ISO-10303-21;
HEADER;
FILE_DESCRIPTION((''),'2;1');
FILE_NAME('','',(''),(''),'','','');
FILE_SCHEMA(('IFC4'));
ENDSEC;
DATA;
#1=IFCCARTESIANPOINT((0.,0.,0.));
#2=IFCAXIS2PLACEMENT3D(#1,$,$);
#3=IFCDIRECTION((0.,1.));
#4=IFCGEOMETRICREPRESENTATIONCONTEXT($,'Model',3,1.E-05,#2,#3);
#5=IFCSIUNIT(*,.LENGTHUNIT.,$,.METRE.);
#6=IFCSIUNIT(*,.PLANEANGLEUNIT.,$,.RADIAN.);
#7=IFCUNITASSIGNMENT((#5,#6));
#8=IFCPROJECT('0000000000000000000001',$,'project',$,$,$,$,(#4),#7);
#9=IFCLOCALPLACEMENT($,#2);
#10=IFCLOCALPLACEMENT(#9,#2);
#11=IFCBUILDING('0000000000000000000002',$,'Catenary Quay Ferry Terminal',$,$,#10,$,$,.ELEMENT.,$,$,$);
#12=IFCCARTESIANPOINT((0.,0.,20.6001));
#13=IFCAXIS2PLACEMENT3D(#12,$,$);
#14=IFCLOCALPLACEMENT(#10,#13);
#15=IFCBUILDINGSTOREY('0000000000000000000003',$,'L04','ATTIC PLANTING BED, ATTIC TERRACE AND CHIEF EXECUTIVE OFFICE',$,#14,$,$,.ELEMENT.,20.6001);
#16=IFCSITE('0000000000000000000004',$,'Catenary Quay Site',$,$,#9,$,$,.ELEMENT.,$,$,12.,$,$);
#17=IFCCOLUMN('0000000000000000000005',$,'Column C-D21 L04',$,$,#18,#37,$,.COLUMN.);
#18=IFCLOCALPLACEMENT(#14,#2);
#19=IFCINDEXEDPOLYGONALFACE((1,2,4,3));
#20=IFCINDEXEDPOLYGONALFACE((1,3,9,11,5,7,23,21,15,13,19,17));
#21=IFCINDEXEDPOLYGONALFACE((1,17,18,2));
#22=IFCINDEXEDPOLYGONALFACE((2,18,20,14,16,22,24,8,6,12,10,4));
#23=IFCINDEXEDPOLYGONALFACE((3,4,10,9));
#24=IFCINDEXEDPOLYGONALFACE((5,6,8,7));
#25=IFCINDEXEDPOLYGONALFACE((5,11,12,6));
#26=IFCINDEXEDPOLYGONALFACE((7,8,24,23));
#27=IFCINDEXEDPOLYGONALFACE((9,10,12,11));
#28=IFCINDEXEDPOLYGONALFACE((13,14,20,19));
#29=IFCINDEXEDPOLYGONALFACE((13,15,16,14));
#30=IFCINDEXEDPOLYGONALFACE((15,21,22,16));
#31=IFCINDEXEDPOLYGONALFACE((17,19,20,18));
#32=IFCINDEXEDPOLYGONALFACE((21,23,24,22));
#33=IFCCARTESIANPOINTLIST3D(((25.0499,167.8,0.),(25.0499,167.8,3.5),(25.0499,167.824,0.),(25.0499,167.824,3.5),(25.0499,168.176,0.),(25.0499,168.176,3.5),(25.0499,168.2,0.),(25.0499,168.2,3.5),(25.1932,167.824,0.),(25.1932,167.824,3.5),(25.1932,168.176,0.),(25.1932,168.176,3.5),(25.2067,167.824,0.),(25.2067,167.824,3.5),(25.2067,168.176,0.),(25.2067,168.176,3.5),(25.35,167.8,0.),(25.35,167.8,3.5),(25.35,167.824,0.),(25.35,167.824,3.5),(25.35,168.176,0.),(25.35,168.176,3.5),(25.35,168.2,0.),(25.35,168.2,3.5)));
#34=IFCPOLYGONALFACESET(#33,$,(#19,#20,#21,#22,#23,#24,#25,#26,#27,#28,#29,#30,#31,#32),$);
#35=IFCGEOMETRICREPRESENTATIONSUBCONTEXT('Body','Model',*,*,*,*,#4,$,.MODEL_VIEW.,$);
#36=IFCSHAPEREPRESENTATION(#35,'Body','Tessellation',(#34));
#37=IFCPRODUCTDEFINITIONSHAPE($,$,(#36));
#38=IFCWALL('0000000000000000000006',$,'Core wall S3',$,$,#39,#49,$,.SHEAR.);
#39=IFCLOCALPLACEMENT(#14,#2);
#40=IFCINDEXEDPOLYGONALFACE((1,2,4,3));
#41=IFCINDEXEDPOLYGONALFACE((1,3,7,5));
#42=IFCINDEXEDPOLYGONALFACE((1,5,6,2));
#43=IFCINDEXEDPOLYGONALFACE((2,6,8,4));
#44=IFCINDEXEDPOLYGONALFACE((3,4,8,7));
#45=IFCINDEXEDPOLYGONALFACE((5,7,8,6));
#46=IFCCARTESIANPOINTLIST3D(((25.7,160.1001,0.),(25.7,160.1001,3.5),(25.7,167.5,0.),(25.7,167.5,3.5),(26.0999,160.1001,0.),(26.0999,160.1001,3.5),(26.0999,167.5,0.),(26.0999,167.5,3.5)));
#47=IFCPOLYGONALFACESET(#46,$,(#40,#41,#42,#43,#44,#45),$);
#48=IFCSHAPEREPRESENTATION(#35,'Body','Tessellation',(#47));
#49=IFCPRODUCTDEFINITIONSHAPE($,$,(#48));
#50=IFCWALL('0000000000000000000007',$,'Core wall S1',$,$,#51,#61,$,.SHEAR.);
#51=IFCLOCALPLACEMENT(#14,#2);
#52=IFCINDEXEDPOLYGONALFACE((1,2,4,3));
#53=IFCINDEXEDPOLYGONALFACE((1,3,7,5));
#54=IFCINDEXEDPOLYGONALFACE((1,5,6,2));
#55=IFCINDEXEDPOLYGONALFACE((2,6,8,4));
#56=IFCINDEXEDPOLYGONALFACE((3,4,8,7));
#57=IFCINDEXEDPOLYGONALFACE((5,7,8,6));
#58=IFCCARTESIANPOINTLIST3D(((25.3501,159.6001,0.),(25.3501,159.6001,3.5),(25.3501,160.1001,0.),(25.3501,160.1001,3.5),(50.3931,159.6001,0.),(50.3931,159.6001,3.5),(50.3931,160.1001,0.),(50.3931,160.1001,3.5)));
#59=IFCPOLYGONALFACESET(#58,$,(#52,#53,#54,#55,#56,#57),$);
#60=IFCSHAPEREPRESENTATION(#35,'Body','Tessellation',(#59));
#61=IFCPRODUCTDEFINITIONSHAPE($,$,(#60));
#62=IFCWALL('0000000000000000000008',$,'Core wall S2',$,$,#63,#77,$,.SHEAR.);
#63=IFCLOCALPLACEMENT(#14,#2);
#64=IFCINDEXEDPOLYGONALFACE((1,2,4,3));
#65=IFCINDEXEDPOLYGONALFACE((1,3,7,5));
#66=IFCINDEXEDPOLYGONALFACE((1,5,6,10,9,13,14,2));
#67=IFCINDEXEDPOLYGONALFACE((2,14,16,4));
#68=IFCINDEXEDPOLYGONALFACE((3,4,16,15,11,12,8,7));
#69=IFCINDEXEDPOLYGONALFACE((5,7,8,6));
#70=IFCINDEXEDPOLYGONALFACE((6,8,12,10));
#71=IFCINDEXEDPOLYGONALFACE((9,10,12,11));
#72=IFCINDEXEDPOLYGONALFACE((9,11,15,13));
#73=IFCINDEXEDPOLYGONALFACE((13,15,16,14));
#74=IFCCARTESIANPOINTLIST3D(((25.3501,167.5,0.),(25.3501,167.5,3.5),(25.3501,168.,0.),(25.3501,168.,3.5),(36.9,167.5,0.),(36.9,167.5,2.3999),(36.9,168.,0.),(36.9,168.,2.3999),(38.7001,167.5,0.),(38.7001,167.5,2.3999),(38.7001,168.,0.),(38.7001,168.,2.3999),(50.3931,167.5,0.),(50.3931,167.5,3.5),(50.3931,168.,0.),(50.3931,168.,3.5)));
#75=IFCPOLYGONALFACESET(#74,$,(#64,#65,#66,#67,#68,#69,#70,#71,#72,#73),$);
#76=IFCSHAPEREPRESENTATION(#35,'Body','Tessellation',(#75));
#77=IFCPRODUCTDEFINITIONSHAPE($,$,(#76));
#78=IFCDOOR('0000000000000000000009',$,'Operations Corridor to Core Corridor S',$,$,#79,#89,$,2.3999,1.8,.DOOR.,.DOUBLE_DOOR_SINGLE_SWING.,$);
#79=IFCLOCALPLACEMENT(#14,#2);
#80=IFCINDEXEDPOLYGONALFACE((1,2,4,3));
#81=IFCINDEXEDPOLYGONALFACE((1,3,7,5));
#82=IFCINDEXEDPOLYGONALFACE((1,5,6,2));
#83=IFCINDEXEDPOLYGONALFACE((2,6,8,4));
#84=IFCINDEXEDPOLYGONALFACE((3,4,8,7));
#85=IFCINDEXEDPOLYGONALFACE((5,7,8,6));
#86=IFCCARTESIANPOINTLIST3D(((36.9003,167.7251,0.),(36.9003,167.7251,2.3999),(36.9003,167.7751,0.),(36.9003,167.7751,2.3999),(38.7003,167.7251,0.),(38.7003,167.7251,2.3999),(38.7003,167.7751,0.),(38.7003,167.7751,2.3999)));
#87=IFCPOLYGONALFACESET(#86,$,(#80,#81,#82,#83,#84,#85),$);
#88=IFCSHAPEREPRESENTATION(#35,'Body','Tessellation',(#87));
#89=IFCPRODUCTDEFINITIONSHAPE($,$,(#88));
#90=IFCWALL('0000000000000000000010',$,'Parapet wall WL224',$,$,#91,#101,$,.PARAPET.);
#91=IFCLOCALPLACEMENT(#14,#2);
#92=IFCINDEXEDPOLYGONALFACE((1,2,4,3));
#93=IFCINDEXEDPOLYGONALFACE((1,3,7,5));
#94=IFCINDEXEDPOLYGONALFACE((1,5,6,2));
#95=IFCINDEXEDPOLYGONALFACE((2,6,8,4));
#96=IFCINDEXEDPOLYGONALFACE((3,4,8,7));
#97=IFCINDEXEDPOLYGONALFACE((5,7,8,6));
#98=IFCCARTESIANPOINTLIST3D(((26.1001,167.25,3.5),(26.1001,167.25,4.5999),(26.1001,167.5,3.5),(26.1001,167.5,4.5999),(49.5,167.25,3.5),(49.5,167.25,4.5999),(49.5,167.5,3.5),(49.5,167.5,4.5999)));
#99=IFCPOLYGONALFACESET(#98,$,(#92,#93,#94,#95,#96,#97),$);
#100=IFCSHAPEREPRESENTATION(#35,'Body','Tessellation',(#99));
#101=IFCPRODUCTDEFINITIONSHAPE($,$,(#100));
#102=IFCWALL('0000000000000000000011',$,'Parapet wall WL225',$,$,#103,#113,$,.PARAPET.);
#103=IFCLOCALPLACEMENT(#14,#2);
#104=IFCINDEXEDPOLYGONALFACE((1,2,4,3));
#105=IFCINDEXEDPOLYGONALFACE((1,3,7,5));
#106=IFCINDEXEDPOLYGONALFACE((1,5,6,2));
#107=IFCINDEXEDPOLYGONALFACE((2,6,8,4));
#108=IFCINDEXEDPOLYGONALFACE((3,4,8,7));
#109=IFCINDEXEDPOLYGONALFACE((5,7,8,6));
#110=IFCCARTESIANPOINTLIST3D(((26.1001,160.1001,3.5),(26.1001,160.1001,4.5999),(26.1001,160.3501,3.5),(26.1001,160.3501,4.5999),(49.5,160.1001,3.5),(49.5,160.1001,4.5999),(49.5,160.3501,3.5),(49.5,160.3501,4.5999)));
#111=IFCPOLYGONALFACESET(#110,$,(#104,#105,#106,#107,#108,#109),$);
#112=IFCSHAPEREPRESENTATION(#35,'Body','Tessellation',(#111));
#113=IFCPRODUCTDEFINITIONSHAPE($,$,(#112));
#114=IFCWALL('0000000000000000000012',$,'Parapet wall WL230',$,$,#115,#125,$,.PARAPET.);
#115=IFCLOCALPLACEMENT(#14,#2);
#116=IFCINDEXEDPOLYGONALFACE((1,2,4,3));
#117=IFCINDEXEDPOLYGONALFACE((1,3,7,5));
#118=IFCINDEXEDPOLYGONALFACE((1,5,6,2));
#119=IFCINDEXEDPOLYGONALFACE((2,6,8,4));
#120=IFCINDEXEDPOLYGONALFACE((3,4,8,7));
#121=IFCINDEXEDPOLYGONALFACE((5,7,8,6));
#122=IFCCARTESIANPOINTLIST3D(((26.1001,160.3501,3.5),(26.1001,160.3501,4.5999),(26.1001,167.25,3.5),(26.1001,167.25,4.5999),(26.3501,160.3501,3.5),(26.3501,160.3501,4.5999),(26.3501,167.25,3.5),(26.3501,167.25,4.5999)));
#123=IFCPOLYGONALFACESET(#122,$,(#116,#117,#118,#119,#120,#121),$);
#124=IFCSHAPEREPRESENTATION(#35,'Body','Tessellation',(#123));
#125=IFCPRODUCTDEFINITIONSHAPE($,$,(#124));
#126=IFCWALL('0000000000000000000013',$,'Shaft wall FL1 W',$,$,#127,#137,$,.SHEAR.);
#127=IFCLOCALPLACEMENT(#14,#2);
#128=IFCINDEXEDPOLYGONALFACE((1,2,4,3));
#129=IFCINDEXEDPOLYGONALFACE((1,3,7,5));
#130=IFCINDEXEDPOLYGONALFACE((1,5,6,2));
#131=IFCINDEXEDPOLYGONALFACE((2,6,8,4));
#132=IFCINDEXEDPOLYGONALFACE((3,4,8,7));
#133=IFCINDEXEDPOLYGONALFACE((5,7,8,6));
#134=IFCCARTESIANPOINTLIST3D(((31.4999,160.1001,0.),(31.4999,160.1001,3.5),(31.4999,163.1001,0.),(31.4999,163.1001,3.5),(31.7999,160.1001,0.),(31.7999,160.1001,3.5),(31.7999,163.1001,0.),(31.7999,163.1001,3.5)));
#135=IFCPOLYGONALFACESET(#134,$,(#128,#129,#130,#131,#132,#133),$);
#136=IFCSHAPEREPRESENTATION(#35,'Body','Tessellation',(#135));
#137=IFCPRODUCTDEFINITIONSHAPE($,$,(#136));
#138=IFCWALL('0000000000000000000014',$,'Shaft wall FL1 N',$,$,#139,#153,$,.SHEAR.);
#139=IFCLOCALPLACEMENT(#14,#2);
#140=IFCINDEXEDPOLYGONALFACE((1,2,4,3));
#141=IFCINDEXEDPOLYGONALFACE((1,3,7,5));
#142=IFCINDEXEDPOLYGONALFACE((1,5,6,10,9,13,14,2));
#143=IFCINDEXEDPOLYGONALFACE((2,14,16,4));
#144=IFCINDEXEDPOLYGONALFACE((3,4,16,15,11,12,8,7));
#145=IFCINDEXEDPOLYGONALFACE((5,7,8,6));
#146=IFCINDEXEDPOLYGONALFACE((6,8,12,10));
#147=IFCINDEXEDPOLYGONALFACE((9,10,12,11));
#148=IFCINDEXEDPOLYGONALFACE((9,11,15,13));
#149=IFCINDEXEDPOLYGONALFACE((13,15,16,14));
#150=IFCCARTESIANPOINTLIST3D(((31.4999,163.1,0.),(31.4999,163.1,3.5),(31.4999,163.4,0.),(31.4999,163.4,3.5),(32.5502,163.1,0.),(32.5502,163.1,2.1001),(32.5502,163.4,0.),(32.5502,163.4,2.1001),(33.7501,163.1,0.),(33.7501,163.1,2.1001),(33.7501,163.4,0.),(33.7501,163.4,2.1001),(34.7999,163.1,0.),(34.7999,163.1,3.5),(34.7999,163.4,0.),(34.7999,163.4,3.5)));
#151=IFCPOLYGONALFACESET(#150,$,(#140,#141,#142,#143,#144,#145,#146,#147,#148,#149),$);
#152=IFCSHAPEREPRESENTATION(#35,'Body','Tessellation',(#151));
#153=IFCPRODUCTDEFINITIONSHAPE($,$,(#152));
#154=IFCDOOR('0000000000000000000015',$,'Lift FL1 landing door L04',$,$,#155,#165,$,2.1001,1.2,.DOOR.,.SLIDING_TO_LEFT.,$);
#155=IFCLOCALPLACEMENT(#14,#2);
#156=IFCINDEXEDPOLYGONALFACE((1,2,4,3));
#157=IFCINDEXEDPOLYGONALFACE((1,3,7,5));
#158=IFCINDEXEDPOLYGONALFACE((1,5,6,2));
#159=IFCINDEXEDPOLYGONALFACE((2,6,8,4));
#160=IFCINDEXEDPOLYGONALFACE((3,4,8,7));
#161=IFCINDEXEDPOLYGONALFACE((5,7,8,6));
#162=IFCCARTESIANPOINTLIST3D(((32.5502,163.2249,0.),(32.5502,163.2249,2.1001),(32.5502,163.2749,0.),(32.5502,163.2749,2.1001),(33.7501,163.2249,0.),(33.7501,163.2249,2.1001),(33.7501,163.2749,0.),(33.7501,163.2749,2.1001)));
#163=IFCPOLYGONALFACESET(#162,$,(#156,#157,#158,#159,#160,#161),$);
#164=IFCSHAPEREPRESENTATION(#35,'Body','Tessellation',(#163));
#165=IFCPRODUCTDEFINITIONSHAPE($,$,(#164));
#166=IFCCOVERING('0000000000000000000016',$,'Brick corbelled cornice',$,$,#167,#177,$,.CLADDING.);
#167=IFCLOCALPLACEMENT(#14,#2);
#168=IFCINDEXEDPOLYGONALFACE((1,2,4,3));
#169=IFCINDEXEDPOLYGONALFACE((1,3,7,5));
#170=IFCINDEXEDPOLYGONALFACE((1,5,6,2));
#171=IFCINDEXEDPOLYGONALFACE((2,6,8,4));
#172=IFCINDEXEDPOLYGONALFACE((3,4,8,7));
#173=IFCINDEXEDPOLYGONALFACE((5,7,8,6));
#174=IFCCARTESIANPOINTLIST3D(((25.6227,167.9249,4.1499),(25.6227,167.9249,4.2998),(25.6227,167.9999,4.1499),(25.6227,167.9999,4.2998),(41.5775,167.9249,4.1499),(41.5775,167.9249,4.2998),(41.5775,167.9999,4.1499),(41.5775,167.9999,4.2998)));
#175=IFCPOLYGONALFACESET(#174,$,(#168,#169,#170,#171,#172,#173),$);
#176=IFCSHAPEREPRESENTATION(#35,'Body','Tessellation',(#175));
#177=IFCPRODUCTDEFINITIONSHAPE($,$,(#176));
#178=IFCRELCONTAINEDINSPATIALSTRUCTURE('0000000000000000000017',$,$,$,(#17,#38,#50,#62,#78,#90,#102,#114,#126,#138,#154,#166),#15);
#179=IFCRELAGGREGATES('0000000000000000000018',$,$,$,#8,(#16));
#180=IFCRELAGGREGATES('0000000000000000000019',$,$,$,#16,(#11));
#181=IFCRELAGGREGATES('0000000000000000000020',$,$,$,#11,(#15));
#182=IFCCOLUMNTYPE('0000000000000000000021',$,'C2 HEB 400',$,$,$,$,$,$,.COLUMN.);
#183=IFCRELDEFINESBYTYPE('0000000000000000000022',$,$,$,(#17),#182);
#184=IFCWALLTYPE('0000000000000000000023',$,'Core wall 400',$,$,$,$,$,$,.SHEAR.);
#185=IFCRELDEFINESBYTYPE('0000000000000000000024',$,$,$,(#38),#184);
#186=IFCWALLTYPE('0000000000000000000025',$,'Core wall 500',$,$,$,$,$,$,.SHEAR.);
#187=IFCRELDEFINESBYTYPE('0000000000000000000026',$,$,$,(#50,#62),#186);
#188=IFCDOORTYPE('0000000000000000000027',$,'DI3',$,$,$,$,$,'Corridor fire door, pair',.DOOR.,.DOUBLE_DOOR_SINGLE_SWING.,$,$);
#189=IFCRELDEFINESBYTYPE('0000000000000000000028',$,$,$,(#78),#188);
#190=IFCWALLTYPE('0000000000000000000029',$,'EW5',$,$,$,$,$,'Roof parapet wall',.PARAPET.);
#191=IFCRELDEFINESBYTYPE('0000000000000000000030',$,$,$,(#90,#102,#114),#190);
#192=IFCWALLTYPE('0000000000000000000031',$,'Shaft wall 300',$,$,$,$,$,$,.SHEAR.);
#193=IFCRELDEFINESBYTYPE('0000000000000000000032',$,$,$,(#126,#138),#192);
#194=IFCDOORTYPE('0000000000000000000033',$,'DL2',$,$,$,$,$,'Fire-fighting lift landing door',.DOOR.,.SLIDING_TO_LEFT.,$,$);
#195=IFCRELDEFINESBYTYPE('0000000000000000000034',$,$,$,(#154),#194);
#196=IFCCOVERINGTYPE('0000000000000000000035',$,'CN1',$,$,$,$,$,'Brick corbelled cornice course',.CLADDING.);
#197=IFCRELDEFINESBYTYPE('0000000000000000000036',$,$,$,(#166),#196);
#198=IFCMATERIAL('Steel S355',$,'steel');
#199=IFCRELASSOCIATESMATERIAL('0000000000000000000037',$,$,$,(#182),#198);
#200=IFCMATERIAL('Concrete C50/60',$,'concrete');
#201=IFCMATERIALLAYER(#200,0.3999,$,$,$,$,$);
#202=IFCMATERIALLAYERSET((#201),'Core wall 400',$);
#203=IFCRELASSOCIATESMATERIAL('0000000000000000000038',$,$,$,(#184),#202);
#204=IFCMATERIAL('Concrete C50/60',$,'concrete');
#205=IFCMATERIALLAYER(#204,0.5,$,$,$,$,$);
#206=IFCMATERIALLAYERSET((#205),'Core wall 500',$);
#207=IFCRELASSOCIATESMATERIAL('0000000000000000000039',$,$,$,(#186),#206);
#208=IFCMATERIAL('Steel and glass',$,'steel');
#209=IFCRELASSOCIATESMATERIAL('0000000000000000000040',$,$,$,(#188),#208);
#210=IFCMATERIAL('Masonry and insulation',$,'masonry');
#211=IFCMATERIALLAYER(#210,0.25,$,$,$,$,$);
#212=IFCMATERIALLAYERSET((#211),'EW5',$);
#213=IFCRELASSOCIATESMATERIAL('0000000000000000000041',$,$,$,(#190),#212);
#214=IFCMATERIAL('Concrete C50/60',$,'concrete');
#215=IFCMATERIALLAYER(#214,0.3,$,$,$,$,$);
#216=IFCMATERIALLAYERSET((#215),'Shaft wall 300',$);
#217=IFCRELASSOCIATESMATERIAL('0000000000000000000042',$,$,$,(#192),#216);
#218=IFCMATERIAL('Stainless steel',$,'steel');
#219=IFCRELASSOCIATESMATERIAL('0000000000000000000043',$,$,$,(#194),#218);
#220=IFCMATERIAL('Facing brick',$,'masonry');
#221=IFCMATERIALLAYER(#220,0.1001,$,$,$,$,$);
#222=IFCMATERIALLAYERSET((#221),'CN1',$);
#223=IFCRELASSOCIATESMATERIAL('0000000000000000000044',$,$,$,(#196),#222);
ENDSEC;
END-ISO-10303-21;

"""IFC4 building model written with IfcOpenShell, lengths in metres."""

from ifc_helpers import new_model, si_unit, direction, frame, frame_2d, origin, origin_2d, place, context, subcontext, project, spatial, rectangle, i_section, extrude, material, layer, layer_set, material_profile, profile_set, type_object, element, fill, save


model = new_model("IFC4")

# Units and contexts
model_context = context("Model", 3, precision=1e-05, world=origin(), true_north=direction((0.0, 1.0)))
body_context = subcontext(model_context, "Body", "Model", "MODEL_VIEW")
ifc_project = project(units=[si_unit("LENGTHUNIT", "METRE"), si_unit("PLANEANGLEUNIT", "RADIAN")], contexts=[model_context])

# Site, building, storey
site_placement = place(None, origin())
site = spatial("IfcSite", under=ifc_project, at=site_placement, Name="Catenary Quay Site", CompositionType="ELEMENT", RefElevation=12.0)
building_placement = place(site_placement, origin())
building = spatial("IfcBuilding", under=site, at=building_placement, Name="Catenary Quay Ferry Terminal", CompositionType="ELEMENT")
storey_placement = place(building_placement, frame((0.0, 0.0, 20.6001)))
storey = spatial("IfcBuildingStorey", under=building, at=storey_placement, Name="L04", Description="ATTIC PLANTING BED, ATTIC TERRACE AND CHIEF EXECUTIVE OFFICE", CompositionType="ELEMENT", Elevation=20.6001)

# Column
ifc_material_1 = material(Name="Steel S355", Category="steel")
ifc_material_profile = material_profile(ifc_material_1, i_section(OverallWidth=0.3, OverallDepth=0.3999, WebThickness=0.0134, FlangeThickness=0.0239, at=origin_2d()), Name="HEB 400")
ifc_profile_set = profile_set([ifc_material_profile], Name="Steel S355")
column_type = type_object("IfcColumnType", Name="C2 HEB 400", PredefinedType="COLUMN", material=ifc_profile_set)
column_placement = place(storey_placement, frame((25.2, 168.0, 0.0), z_axis=(0.0, 0.0, 1.0), x_axis=(1.0, 0.0, 0.0)))
element("IfcColumn", 1, at=column_placement, inside=storey, type_object=column_type, Name="Column C-D21 L04", PredefinedType="COLUMN", context=body_context, shape_type="SweptSolid", body=[
    extrude(i_section(OverallWidth=0.3, OverallDepth=0.3999, WebThickness=0.0134, FlangeThickness=0.0239, at=origin_2d()), origin(), (0.0, 0.0, 1.0), 3.5),
])

# Walls
ifc_material_2 = material(Name="Concrete C50/60", Category="concrete")
ifc_layer_1 = layer(ifc_material_2, 0.3999)
ifc_layer_set_1 = layer_set([ifc_layer_1], Name="Core wall 400")
wall_type_1 = type_object("IfcWallType", Name="Core wall 400", PredefinedType="SHEAR", material=ifc_layer_set_1)
wall_1_placement = place(storey_placement, frame((25.8999, 160.1001, 0.0), z_axis=(0.0, 0.0, 1.0), x_axis=(0.0, 1.0, 0.0)))
element("IfcWall", 2, at=wall_1_placement, inside=storey, type_object=wall_type_1, Name="Core wall S3", PredefinedType="SHEAR", context=body_context, shape_type="SweptSolid", body=[
    extrude(rectangle(XDim=7.3999, YDim=0.3999, at=frame_2d((3.7, 0.0))), origin(), (0.0, 0.0, 1.0), 3.5),
])
ifc_material_3 = material(Name="Concrete C50/60", Category="concrete")
ifc_layer_2 = layer(ifc_material_3, 0.5)
ifc_layer_set_2 = layer_set([ifc_layer_2], Name="Core wall 500")
wall_type_2 = type_object("IfcWallType", Name="Core wall 500", PredefinedType="SHEAR", material=ifc_layer_set_2)
wall_2_placement = place(storey_placement, frame((25.3501, 159.8501, 0.0), z_axis=(0.0, 0.0, 1.0), x_axis=(1.0, 0.0, 0.0)))
element("IfcWall", 3, at=wall_2_placement, inside=storey, type_object=wall_type_2, Name="Core wall S1", PredefinedType="SHEAR", context=body_context, shape_type="SweptSolid", body=[
    extrude(rectangle(XDim=25.043, YDim=0.5, at=frame_2d((12.5215, 0.0))), origin(), (0.0, 0.0, 1.0), 3.5),
])

# Wall, opening, door
wall_3_placement = place(storey_placement, frame((25.3501, 167.75, 0.0), z_axis=(0.0, 0.0, 1.0), x_axis=(1.0, 0.0, 0.0)))
wall_3 = element("IfcWall", 4, at=wall_3_placement, inside=storey, type_object=wall_type_2, Name="Core wall S2", PredefinedType="SHEAR", context=body_context, shape_type="SweptSolid", body=[
    extrude(rectangle(XDim=25.043, YDim=0.5, at=frame_2d((12.5215, 0.0))), origin(), (0.0, 0.0, 1.0), 3.5),
])
opening_1_placement = place(wall_3_placement, frame((11.55, 0.0, 0.0)))
opening_1 = element("IfcOpeningElement", 5, at=opening_1_placement, cuts=wall_3, PredefinedType="OPENING", context=body_context, shape_type="SweptSolid", body=[
    extrude(rectangle(XDim=1.8, YDim=2.3999, at=frame_2d((0.8999, 1.2))), frame((0.0, 0.26, 0.0), z_axis=(0.0, -1.0, 0.0), x_axis=(1.0, 0.0, 0.0)), (0.0, 0.0, 1.0), 0.52),
])
ifc_material_4 = material(Name="Steel and glass", Category="steel")
door_type_1 = type_object("IfcDoorType", Name="DI3", ElementType="Corridor fire door, pair", OperationType="DOUBLE_DOOR_SINGLE_SWING", PredefinedType="DOOR", material=ifc_material_4)
door_1_placement = place(opening_1_placement, frame((1.8, 0.0, 0.0), z_axis=(0.0, 0.0, 1.0), x_axis=(-1.0, 0.0, 0.0)))
door_1 = element("IfcDoor", 6, at=door_1_placement, inside=storey, type_object=door_type_1, Name="Operations Corridor to Core Corridor S", OperationType="DOUBLE_DOOR_SINGLE_SWING", OverallHeight=2.3999, OverallWidth=1.8, PredefinedType="DOOR", context=body_context, shape_type="SweptSolid", body=[
    extrude(rectangle(XDim=1.8, YDim=2.3999, at=frame_2d((0.8999, 1.2))), frame((0.0, 0.0249, 0.0), z_axis=(0.0, -1.0, 0.0), x_axis=(1.0, 0.0, 0.0)), (0.0, 0.0, 1.0), 0.05),
])
fill(opening_1, door_1)

# Walls
ifc_material_5 = material(Name="Masonry and insulation", Category="masonry")
ifc_layer_3 = layer(ifc_material_5, 0.25)
ifc_layer_set_3 = layer_set([ifc_layer_3], Name="EW5")
wall_type_3 = type_object("IfcWallType", Name="EW5", ElementType="Roof parapet wall", PredefinedType="PARAPET", material=ifc_layer_set_3)
for number, where, z_axis, x_axis, name in (
    (7, (26.1001, 167.375, 3.5), (0.0, 0.0, 1.0), (1.0, 0.0, 0.0), "Parapet wall WL224"),
    (8, (26.1001, 160.2251, 3.5), (0.0, 0.0, 1.0), (1.0, 0.0, 0.0), "Parapet wall WL225"),
):
    element("IfcWall", number, at=place(storey_placement, frame(where, z_axis=z_axis, x_axis=x_axis)), inside=storey, type_object=wall_type_3, Name=name, PredefinedType="PARAPET", context=body_context, shape_type="SweptSolid", body=[
        extrude(rectangle(XDim=23.3999, YDim=0.25, at=frame_2d((11.7, 0.0))), origin(), (0.0, 0.0, 1.0), 1.0999),
    ])
wall_4_placement = place(storey_placement, frame((26.2251, 160.3501, 3.5), z_axis=(0.0, 0.0, 1.0), x_axis=(0.0, 1.0, 0.0)))
element("IfcWall", 9, at=wall_4_placement, inside=storey, type_object=wall_type_3, Name="Parapet wall WL230", PredefinedType="PARAPET", context=body_context, shape_type="SweptSolid", body=[
    extrude(rectangle(XDim=6.8999, YDim=0.25, at=frame_2d((3.45, 0.0))), origin(), (0.0, 0.0, 1.0), 1.0999),
])

# Wall
ifc_material_6 = material(Name="Concrete C50/60", Category="concrete")
ifc_layer_4 = layer(ifc_material_6, 0.3)
ifc_layer_set_4 = layer_set([ifc_layer_4], Name="Shaft wall 300")
wall_type_4 = type_object("IfcWallType", Name="Shaft wall 300", PredefinedType="SHEAR", material=ifc_layer_set_4)
wall_5_placement = place(storey_placement, frame((31.6499, 160.1001, 0.0), z_axis=(0.0, 0.0, 1.0), x_axis=(0.0, 1.0, 0.0)))
element("IfcWall", 10, at=wall_5_placement, inside=storey, type_object=wall_type_4, Name="Shaft wall FL1 W", PredefinedType="SHEAR", context=body_context, shape_type="SweptSolid", body=[
    extrude(rectangle(XDim=3.0, YDim=0.3, at=frame_2d((1.5, 0.0))), origin(), (0.0, 0.0, 1.0), 3.5),
])

# Wall, opening, door
wall_6_placement = place(storey_placement, frame((31.5, 163.25, 0.0), z_axis=(0.0, 0.0, 1.0), x_axis=(1.0, 0.0, 0.0)))
wall_6 = element("IfcWall", 11, at=wall_6_placement, inside=storey, type_object=wall_type_4, Name="Shaft wall FL1 N", PredefinedType="SHEAR", context=body_context, shape_type="SweptSolid", body=[
    extrude(rectangle(XDim=3.3, YDim=0.3, at=frame_2d((1.6499, 0.0))), origin(), (0.0, 0.0, 1.0), 3.5),
])
opening_2_placement = place(wall_6_placement, frame((1.05, 0.0, 0.0)))
opening_2 = element("IfcOpeningElement", 12, at=opening_2_placement, cuts=wall_6, PredefinedType="OPENING", context=body_context, shape_type="SweptSolid", body=[
    extrude(rectangle(XDim=1.2, YDim=2.1001, at=frame_2d((0.6001, 1.05))), frame((0.0, 0.1599, 0.0), z_axis=(0.0, -1.0, 0.0), x_axis=(1.0, 0.0, 0.0)), (0.0, 0.0, 1.0), 0.3201),
])
ifc_material_7 = material(Name="Stainless steel", Category="steel")
door_type_2 = type_object("IfcDoorType", Name="DL2", ElementType="Fire-fighting lift landing door", OperationType="SLIDING_TO_LEFT", PredefinedType="DOOR", material=ifc_material_7)
door_2_placement = place(opening_2_placement, origin())
door_2 = element("IfcDoor", 13, at=door_2_placement, inside=storey, type_object=door_type_2, Name="Lift FL1 landing door L04", OperationType="SLIDING_TO_LEFT", OverallHeight=2.1001, OverallWidth=1.2, PredefinedType="DOOR", context=body_context, shape_type="SweptSolid", body=[
    extrude(rectangle(XDim=1.2, YDim=2.1001, at=frame_2d((0.6001, 1.05))), frame((0.0, 0.0249, 0.0), z_axis=(0.0, -1.0, 0.0), x_axis=(1.0, 0.0, 0.0)), (0.0, 0.0, 1.0), 0.05),
])
fill(opening_2, door_2)

# Covering
ifc_material_8 = material(Name="Facing brick", Category="masonry")
ifc_layer_5 = layer(ifc_material_8, 0.1001)
ifc_layer_set_5 = layer_set([ifc_layer_5], Name="CN1")
covering_type_1 = type_object("IfcCoveringType", Name="CN1", ElementType="Brick corbelled cornice course", PredefinedType="CLADDING", material=ifc_layer_set_5)
covering_1_placement = place(storey_placement, frame((33.6001, 167.9624, 4.1499), z_axis=(0.0, 0.0, 1.0), x_axis=(1.0, 0.0, 0.0)))
element("IfcCovering", 14, at=covering_1_placement, inside=storey, type_object=covering_type_1, Name="Brick corbelled cornice", PredefinedType="CLADDING", context=body_context, shape_type="SweptSolid", body=[
    extrude(rectangle(XDim=15.9548, YDim=0.075, at=origin_2d()), origin(), (0.0, 0.0, 1.0), 0.1499),
])

save(model, "model.ifc")
